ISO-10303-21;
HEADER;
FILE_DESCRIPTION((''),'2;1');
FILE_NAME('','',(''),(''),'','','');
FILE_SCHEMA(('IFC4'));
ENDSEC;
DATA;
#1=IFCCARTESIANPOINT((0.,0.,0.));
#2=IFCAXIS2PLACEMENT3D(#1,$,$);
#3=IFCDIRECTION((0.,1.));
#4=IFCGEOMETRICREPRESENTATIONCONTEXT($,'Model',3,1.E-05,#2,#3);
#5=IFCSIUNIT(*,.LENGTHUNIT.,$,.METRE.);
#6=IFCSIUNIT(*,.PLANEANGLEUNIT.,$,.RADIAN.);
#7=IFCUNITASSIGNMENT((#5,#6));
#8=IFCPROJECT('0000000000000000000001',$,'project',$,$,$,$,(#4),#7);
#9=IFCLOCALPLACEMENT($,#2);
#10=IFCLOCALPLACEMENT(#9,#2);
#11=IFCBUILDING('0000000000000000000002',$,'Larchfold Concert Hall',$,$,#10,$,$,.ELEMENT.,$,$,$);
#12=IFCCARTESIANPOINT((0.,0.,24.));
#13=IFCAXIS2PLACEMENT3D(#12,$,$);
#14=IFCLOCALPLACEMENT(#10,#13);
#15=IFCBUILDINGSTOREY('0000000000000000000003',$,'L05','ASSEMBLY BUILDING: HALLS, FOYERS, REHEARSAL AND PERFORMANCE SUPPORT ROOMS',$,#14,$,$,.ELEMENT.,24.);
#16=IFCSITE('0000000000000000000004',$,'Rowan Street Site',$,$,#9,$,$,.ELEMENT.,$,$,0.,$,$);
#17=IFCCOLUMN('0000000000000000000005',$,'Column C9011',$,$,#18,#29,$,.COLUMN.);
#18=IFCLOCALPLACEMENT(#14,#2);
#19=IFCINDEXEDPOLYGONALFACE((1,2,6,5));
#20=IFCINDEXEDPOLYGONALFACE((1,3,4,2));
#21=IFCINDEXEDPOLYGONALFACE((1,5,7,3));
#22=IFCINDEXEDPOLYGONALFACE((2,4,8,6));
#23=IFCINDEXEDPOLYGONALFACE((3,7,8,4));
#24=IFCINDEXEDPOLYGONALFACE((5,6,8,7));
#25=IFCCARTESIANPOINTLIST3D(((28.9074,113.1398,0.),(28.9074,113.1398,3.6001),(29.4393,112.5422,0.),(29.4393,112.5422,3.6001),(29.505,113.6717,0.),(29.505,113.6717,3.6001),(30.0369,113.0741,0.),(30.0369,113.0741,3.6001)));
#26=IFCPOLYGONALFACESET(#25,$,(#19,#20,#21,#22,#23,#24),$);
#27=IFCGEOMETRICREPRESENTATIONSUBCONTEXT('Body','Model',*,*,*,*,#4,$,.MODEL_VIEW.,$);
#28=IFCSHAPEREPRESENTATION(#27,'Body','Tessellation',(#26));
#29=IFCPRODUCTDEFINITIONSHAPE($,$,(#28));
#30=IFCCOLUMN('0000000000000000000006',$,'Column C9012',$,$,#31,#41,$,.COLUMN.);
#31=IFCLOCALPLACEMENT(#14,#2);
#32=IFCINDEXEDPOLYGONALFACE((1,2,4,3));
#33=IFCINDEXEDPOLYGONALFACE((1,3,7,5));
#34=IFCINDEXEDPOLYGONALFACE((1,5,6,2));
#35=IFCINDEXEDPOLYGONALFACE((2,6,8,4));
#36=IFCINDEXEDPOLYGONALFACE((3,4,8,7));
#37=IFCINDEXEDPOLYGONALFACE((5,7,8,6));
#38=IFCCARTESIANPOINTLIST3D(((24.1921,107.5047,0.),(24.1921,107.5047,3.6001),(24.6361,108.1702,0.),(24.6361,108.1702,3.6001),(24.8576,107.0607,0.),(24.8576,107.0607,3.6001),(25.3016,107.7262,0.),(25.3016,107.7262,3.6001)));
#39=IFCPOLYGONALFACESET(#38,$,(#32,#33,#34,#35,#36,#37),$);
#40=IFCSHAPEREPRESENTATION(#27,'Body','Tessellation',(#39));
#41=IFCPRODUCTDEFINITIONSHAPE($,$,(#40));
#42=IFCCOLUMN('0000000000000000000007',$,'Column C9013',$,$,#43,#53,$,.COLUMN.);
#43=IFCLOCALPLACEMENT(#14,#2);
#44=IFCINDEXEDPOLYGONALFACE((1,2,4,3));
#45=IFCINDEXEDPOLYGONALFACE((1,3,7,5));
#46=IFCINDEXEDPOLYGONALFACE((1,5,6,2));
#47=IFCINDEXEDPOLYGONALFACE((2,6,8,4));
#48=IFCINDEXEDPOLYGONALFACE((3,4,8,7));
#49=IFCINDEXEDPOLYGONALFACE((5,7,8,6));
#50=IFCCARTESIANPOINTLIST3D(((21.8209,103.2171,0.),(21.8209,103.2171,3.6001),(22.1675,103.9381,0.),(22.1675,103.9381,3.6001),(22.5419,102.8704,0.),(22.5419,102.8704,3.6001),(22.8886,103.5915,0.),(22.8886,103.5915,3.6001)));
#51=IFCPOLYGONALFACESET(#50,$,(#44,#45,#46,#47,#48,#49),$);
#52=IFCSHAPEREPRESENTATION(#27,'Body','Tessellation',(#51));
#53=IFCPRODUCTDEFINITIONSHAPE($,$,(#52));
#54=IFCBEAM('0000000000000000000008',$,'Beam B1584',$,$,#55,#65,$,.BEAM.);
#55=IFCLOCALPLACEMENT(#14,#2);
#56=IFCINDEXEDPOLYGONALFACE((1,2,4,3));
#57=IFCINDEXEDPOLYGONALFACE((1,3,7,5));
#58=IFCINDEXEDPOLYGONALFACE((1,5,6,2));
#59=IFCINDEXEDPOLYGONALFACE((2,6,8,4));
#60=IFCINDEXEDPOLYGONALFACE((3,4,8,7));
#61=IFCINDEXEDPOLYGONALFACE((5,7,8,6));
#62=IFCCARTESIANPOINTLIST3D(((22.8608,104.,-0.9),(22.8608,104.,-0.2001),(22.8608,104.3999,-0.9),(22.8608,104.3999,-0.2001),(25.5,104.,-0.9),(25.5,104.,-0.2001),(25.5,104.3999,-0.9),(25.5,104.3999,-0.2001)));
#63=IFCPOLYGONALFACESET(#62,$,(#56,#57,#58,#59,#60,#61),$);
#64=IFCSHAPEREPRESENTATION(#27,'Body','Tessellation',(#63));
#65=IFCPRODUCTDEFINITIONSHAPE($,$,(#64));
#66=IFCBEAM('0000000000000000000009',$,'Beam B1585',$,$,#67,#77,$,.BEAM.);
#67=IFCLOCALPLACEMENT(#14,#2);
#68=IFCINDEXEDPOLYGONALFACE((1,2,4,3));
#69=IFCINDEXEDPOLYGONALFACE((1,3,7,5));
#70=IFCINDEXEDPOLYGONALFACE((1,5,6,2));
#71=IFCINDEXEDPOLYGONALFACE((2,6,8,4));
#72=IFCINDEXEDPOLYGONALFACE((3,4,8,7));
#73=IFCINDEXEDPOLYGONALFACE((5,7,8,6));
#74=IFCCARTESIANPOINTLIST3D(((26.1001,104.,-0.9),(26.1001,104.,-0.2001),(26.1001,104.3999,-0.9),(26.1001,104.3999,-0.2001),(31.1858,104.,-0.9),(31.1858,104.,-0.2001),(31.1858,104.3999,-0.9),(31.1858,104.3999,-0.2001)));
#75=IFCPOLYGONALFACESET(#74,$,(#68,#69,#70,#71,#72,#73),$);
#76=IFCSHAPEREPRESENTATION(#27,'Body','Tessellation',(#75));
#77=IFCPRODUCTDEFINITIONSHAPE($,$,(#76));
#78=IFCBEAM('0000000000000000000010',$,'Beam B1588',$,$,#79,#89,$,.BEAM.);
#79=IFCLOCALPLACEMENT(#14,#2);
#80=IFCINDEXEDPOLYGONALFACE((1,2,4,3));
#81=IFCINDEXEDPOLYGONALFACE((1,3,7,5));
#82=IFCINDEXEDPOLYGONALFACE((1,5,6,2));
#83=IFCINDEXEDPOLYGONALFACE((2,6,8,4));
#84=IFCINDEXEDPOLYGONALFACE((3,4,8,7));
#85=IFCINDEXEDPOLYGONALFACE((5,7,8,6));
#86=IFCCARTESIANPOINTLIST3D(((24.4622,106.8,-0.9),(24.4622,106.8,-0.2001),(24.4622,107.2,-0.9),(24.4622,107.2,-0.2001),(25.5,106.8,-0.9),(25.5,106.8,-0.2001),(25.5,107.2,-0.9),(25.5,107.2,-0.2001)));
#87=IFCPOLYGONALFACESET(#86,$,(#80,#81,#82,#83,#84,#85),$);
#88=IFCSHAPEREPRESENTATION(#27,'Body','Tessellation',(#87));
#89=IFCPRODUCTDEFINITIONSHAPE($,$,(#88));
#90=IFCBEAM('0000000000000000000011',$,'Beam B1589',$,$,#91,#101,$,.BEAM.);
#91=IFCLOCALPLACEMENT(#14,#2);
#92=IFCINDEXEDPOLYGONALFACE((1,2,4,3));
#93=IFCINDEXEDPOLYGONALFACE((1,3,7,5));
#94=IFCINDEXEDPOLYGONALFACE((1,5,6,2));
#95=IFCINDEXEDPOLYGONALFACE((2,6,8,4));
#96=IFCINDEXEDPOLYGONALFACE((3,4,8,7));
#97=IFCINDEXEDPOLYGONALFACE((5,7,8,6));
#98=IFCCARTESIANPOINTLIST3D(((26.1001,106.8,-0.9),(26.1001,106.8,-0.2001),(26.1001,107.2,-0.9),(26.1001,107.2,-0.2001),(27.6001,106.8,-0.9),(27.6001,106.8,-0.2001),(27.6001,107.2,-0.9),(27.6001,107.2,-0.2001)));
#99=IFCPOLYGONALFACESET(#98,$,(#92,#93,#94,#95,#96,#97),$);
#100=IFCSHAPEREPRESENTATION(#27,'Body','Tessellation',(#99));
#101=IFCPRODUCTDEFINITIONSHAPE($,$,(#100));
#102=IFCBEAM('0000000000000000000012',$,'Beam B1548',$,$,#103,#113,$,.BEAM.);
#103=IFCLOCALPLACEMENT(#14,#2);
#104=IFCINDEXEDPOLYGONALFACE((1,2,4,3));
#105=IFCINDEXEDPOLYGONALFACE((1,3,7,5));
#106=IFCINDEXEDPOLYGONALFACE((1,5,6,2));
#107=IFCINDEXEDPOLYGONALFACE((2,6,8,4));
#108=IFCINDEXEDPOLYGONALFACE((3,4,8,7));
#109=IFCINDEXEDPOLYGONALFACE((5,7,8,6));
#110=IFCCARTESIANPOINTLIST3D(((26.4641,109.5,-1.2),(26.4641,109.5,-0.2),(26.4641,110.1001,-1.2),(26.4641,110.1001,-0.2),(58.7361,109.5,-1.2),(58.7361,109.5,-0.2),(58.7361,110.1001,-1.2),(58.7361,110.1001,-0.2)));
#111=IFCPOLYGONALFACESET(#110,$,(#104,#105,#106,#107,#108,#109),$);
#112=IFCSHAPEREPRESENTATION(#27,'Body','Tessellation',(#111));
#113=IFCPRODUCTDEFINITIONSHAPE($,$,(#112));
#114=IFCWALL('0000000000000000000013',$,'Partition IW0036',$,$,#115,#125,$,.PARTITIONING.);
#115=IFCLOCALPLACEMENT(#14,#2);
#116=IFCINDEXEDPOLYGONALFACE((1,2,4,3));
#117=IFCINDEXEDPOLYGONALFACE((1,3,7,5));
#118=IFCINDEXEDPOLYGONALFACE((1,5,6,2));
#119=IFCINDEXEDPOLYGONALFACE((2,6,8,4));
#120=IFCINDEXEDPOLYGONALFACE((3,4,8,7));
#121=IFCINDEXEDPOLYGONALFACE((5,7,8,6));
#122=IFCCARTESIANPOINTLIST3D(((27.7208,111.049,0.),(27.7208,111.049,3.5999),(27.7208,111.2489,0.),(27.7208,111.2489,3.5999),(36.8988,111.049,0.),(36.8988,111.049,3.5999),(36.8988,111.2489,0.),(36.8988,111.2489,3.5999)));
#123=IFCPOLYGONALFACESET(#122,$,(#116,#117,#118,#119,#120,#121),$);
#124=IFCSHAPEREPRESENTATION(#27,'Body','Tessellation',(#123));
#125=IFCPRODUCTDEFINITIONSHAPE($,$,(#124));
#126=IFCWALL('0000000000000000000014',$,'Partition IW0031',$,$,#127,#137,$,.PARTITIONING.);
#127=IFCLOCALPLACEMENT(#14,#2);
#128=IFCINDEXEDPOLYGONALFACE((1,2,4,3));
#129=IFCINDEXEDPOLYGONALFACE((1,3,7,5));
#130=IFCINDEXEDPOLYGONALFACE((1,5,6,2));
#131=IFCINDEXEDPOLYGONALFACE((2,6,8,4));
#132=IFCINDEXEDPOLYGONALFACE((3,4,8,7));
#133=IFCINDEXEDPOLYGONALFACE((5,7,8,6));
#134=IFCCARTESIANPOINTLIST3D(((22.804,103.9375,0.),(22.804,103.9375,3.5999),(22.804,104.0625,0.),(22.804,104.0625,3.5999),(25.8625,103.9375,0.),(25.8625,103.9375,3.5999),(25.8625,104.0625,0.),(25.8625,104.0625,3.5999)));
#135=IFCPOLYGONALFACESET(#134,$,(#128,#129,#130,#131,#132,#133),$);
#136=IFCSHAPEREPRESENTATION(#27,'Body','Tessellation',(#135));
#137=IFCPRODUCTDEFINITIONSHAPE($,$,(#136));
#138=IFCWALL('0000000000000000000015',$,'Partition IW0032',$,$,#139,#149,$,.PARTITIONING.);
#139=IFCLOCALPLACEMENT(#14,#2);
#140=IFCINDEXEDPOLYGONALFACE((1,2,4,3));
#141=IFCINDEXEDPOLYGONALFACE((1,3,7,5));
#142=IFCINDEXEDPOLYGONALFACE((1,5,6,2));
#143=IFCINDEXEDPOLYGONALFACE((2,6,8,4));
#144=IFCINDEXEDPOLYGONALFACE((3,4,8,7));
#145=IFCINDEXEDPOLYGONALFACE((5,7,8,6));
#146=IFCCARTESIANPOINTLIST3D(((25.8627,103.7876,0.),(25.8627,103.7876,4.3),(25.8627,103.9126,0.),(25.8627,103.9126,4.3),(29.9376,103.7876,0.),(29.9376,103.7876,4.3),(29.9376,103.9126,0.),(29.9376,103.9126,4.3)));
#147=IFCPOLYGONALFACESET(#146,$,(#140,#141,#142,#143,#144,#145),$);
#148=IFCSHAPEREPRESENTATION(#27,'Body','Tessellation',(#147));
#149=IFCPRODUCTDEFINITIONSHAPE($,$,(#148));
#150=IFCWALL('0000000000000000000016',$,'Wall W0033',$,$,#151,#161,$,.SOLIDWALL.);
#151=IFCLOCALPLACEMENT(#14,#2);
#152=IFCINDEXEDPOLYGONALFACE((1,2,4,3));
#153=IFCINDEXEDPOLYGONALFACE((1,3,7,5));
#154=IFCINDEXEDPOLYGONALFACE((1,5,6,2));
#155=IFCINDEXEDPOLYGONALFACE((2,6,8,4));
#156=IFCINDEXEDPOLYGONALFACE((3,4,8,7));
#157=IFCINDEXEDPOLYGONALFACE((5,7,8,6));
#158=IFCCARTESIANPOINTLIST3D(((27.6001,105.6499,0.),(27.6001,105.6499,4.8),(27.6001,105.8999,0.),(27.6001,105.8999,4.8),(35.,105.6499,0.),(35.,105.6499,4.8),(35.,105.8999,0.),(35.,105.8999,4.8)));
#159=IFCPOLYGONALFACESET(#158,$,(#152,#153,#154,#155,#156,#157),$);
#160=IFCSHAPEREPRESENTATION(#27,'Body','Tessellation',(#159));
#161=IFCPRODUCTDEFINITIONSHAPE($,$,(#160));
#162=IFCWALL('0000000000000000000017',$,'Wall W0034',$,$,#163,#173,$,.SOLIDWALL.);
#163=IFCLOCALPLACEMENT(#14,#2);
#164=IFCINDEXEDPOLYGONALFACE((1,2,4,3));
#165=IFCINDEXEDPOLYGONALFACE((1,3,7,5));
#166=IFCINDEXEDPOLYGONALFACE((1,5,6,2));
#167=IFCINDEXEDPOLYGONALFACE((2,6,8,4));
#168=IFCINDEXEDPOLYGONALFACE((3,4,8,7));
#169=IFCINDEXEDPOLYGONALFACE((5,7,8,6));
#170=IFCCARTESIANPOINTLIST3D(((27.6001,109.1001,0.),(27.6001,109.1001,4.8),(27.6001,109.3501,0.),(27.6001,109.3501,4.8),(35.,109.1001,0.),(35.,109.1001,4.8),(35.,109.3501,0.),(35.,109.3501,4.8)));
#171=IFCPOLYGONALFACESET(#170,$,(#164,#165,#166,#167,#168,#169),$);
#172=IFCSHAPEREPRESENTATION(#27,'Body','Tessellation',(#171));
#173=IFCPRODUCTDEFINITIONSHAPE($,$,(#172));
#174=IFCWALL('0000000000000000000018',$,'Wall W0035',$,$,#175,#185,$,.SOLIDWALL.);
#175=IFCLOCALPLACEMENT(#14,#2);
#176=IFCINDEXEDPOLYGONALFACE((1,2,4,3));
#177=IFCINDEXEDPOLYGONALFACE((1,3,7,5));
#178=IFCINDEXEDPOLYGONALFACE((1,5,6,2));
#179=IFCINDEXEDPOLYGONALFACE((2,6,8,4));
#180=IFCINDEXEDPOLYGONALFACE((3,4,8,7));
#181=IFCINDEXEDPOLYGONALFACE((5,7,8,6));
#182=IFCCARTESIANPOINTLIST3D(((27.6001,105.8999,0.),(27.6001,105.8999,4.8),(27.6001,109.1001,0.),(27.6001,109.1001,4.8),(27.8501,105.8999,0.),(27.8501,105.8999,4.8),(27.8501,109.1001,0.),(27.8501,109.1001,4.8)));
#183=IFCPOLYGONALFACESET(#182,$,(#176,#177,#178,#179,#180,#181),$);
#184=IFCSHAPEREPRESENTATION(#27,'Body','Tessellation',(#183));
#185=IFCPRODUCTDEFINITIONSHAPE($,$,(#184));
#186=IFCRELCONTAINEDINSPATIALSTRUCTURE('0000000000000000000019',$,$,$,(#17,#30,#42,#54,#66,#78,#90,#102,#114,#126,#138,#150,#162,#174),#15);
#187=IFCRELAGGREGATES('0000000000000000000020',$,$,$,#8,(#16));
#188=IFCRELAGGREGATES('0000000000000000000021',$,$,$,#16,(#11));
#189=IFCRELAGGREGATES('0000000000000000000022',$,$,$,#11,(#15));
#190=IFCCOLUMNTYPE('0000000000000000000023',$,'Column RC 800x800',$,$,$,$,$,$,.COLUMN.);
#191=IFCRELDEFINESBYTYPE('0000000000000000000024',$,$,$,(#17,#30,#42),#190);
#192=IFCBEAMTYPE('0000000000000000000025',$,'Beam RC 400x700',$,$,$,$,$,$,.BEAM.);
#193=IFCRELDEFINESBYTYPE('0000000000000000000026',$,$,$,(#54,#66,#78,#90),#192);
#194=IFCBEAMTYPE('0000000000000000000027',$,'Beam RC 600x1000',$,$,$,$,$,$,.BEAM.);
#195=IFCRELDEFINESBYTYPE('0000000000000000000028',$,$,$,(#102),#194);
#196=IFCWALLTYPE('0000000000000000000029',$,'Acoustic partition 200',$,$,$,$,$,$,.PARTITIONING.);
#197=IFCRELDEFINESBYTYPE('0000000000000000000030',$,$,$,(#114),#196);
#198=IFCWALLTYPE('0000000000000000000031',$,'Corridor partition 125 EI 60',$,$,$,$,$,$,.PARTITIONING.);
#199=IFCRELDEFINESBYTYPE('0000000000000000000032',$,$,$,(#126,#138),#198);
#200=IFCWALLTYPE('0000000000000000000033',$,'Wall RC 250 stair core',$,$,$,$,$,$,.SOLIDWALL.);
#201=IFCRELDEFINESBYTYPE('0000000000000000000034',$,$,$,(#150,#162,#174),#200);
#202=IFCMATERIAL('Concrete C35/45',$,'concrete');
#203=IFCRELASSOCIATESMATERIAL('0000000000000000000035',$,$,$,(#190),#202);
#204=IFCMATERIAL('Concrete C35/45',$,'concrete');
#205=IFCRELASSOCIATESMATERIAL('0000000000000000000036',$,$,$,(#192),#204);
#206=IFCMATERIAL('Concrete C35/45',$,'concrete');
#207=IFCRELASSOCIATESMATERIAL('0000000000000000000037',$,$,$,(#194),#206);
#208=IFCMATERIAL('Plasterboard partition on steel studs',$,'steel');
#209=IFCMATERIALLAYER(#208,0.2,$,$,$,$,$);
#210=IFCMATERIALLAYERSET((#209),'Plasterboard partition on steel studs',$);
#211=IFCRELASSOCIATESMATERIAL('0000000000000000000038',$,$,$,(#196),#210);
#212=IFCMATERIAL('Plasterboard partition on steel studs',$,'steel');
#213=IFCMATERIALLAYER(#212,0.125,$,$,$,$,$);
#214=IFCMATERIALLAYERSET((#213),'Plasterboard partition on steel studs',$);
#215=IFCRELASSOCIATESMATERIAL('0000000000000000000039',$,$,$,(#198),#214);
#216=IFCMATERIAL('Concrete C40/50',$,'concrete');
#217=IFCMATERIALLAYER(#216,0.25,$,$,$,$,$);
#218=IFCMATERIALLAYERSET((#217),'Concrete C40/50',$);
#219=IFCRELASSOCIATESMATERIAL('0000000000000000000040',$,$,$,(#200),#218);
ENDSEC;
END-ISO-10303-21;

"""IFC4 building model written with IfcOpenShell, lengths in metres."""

from ifc_helpers import new_model, si_unit, direction, frame, frame_2d, origin, origin_2d, place, context, subcontext, project, spatial, rectangle, extrude, material, layer, layer_set, material_profile, profile_set, type_object, element, save


model = new_model("IFC4")

# Units and contexts
model_context = context("Model", 3, precision=1e-05, world=origin(), true_north=direction((0.0, 1.0)))
body_context = subcontext(model_context, "Body", "Model", "MODEL_VIEW")
ifc_project = project(units=[si_unit("LENGTHUNIT", "METRE"), si_unit("PLANEANGLEUNIT", "RADIAN")], contexts=[model_context])

# Site, building, storey
site_placement = place(None, origin())
site = spatial("IfcSite", under=ifc_project, at=site_placement, Name="Rowan Street Site", CompositionType="ELEMENT", RefElevation=0.0)
building_placement = place(site_placement, origin())
building = spatial("IfcBuilding", under=site, at=building_placement, Name="Larchfold Concert Hall", CompositionType="ELEMENT")
storey_placement = place(building_placement, frame((0.0, 0.0, 24.0)))
storey = spatial("IfcBuildingStorey", under=building, at=storey_placement, Name="L05", Description="ASSEMBLY BUILDING: HALLS, FOYERS, REHEARSAL AND PERFORMANCE SUPPORT ROOMS", CompositionType="ELEMENT", Elevation=24.0)

# Columns
ifc_material_1 = material(Name="Concrete C35/45", Category="concrete")
ifc_material_profile_1 = material_profile(ifc_material_1, rectangle(XDim=0.8, YDim=0.8, at=origin_2d()))
ifc_profile_set_1 = profile_set([ifc_material_profile_1], Name="Concrete C35/45")
column_type = type_object("IfcColumnType", Name="Column RC 800x800", PredefinedType="COLUMN", material=ifc_profile_set_1)
for number, where, z_axis, x_axis, name in (
    (1, (29.4722, 113.1069, 0.0), (0.0, 0.0, 1.0), (0.746954, 0.664876, 0.0), "Column C9011"),
    (2, (24.7468, 107.6155, 0.0), (0.0, 0.0, 1.0), (0.554978, 0.831865, 0.0), "Column C9012"),
    (3, (22.3547, 103.4043, 0.0), (0.0, 0.0, 1.0), (0.433276, 0.901261, 0.0), "Column C9013"),
):
    element("IfcColumn", number, at=place(storey_placement, frame(where, z_axis=z_axis, x_axis=x_axis)), inside=storey, type_object=column_type, Name=name, PredefinedType="COLUMN", context=body_context, shape_type="SweptSolid", body=[
        extrude(rectangle(XDim=0.8, YDim=0.8, at=origin_2d()), origin(), (0.0, 0.0, 1.0), 3.6001),
    ])

# Beams
ifc_material_2 = material(Name="Concrete C35/45", Category="concrete")
ifc_material_profile_2 = material_profile(ifc_material_2, rectangle(XDim=0.3999, YDim=0.7, at=origin_2d()))
ifc_profile_set_2 = profile_set([ifc_material_profile_2], Name="Concrete C35/45")
beam_type_1 = type_object("IfcBeamType", Name="Beam RC 400x700", PredefinedType="BEAM", material=ifc_profile_set_2)
beam_1_placement = place(storey_placement, frame((22.8608, 104.2, -0.55), z_axis=(1.0, 0.0, 0.0), x_axis=(0.0, 1.0, 0.0)))
element("IfcBeam", 4, at=beam_1_placement, inside=storey, type_object=beam_type_1, Name="Beam B1584", PredefinedType="BEAM", context=body_context, shape_type="SweptSolid", body=[
    extrude(rectangle(XDim=0.3999, YDim=0.7, at=origin_2d()), origin(), (0.0, 0.0, 1.0), 2.6392),
])
beam_2_placement = place(storey_placement, frame((26.1001, 104.2, -0.55), z_axis=(1.0, 0.0, 0.0), x_axis=(0.0, 1.0, 0.0)))
element("IfcBeam", 5, at=beam_2_placement, inside=storey, type_object=beam_type_1, Name="Beam B1585", PredefinedType="BEAM", context=body_context, shape_type="SweptSolid", body=[
    extrude(rectangle(XDim=0.3999, YDim=0.7, at=origin_2d()), origin(), (0.0, 0.0, 1.0), 5.0857),
])
beam_3_placement = place(storey_placement, frame((24.4622, 107.0, -0.55), z_axis=(1.0, 0.0, 0.0), x_axis=(0.0, 1.0, 0.0)))
element("IfcBeam", 6, at=beam_3_placement, inside=storey, type_object=beam_type_1, Name="Beam B1588", PredefinedType="BEAM", context=body_context, shape_type="SweptSolid", body=[
    extrude(rectangle(XDim=0.3999, YDim=0.7, at=origin_2d()), origin(), (0.0, 0.0, 1.0), 1.0378),
])
beam_4_placement = place(storey_placement, frame((26.1001, 107.0, -0.55), z_axis=(1.0, 0.0, 0.0), x_axis=(0.0, 1.0, 0.0)))
element("IfcBeam", 7, at=beam_4_placement, inside=storey, type_object=beam_type_1, Name="Beam B1589", PredefinedType="BEAM", context=body_context, shape_type="SweptSolid", body=[
    extrude(rectangle(XDim=0.3999, YDim=0.7, at=origin_2d()), origin(), (0.0, 0.0, 1.0), 1.5),
])
ifc_material_3 = material(Name="Concrete C35/45", Category="concrete")
ifc_material_profile_3 = material_profile(ifc_material_3, rectangle(XDim=0.6001, YDim=1.0, at=origin_2d()))
ifc_profile_set_3 = profile_set([ifc_material_profile_3], Name="Concrete C35/45")
beam_type_2 = type_object("IfcBeamType", Name="Beam RC 600x1000", PredefinedType="BEAM", material=ifc_profile_set_3)
beam_5_placement = place(storey_placement, frame((26.4641, 109.8, -0.7), z_axis=(1.0, 0.0, 0.0), x_axis=(0.0, 1.0, 0.0)))
element("IfcBeam", 8, at=beam_5_placement, inside=storey, type_object=beam_type_2, Name="Beam B1548", PredefinedType="BEAM", context=body_context, shape_type="SweptSolid", body=[
    extrude(rectangle(XDim=0.6001, YDim=1.0, at=origin_2d()), origin(), (0.0, 0.0, 1.0), 32.272),
])

# Walls
ifc_material_4 = material(Name="Plasterboard partition on steel studs", Category="steel")
ifc_layer_1 = layer(ifc_material_4, 0.2)
ifc_layer_set_1 = layer_set([ifc_layer_1], Name="Plasterboard partition on steel studs")
wall_type_1 = type_object("IfcWallType", Name="Acoustic partition 200", PredefinedType="PARTITIONING", material=ifc_layer_set_1)
wall_1_placement = place(storey_placement, frame((27.7209, 111.1489, 0.0), z_axis=(0.0, 0.0, 1.0), x_axis=(1.0, 0.0, 0.0)))
element("IfcWall", 9, at=wall_1_placement, inside=storey, type_object=wall_type_1, Name="Partition IW0036", PredefinedType="PARTITIONING", context=body_context, shape_type="SweptSolid", body=[
    extrude(rectangle(XDim=9.178, YDim=0.2, at=frame_2d((4.5889, 0.0))), origin(), (0.0, 0.0, 1.0), 3.5999),
])
ifc_material_5 = material(Name="Plasterboard partition on steel studs", Category="steel")
ifc_layer_2 = layer(ifc_material_5, 0.125)
ifc_layer_set_2 = layer_set([ifc_layer_2], Name="Plasterboard partition on steel studs")
wall_type_2 = type_object("IfcWallType", Name="Corridor partition 125 EI 60", PredefinedType="PARTITIONING", material=ifc_layer_set_2)
wall_2_placement = place(storey_placement, frame((22.804, 104.0, 0.0), z_axis=(0.0, 0.0, 1.0), x_axis=(1.0, 0.0, 0.0)))
element("IfcWall", 10, at=wall_2_placement, inside=storey, type_object=wall_type_2, Name="Partition IW0031", PredefinedType="PARTITIONING", context=body_context, shape_type="SweptSolid", body=[
    extrude(rectangle(XDim=3.0586, YDim=0.125, at=frame_2d((1.5293, 0.0))), origin(), (0.0, 0.0, 1.0), 3.5999),
])
wall_3_placement = place(storey_placement, frame((25.8625, 103.8501, 0.0), z_axis=(0.0, 0.0, 1.0), x_axis=(1.0, 0.0, 0.0)))
element("IfcWall", 11, at=wall_3_placement, inside=storey, type_object=wall_type_2, Name="Partition IW0032", PredefinedType="PARTITIONING", context=body_context, shape_type="SweptSolid", body=[
    extrude(rectangle(XDim=4.075, YDim=0.125, at=frame_2d((2.0376, 0.0))), origin(), (0.0, 0.0, 1.0), 4.3),
])
ifc_material_6 = material(Name="Concrete C40/50", Category="concrete")
ifc_layer_3 = layer(ifc_material_6, 0.25)
ifc_layer_set_3 = layer_set([ifc_layer_3], Name="Concrete C40/50")
wall_type_3 = type_object("IfcWallType", Name="Wall RC 250 stair core", PredefinedType="SOLIDWALL", material=ifc_layer_set_3)
for number, where, z_axis, x_axis, name in (
    (12, (27.6001, 105.7749, 0.0), (0.0, 0.0, 1.0), (1.0, 0.0, 0.0), "Wall W0033"),
    (13, (27.6001, 109.2251, 0.0), (0.0, 0.0, 1.0), (1.0, 0.0, 0.0), "Wall W0034"),
):
    element("IfcWall", number, at=place(storey_placement, frame(where, z_axis=z_axis, x_axis=x_axis)), inside=storey, type_object=wall_type_3, Name=name, PredefinedType="SOLIDWALL", context=body_context, shape_type="SweptSolid", body=[
        extrude(rectangle(XDim=7.3999, YDim=0.25, at=frame_2d((3.7, 0.0))), origin(), (0.0, 0.0, 1.0), 4.8),
    ])
wall_4_placement = place(storey_placement, frame((27.7251, 105.8999, 0.0), z_axis=(0.0, 0.0, 1.0), x_axis=(0.0, 1.0, 0.0)))
element("IfcWall", 14, at=wall_4_placement, inside=storey, type_object=wall_type_3, Name="Wall W0035", PredefinedType="SOLIDWALL", context=body_context, shape_type="SweptSolid", body=[
    extrude(rectangle(XDim=3.2002, YDim=0.25, at=frame_2d((1.6001, 0.0))), origin(), (0.0, 0.0, 1.0), 4.8),
])

save(model, "model.ifc")
